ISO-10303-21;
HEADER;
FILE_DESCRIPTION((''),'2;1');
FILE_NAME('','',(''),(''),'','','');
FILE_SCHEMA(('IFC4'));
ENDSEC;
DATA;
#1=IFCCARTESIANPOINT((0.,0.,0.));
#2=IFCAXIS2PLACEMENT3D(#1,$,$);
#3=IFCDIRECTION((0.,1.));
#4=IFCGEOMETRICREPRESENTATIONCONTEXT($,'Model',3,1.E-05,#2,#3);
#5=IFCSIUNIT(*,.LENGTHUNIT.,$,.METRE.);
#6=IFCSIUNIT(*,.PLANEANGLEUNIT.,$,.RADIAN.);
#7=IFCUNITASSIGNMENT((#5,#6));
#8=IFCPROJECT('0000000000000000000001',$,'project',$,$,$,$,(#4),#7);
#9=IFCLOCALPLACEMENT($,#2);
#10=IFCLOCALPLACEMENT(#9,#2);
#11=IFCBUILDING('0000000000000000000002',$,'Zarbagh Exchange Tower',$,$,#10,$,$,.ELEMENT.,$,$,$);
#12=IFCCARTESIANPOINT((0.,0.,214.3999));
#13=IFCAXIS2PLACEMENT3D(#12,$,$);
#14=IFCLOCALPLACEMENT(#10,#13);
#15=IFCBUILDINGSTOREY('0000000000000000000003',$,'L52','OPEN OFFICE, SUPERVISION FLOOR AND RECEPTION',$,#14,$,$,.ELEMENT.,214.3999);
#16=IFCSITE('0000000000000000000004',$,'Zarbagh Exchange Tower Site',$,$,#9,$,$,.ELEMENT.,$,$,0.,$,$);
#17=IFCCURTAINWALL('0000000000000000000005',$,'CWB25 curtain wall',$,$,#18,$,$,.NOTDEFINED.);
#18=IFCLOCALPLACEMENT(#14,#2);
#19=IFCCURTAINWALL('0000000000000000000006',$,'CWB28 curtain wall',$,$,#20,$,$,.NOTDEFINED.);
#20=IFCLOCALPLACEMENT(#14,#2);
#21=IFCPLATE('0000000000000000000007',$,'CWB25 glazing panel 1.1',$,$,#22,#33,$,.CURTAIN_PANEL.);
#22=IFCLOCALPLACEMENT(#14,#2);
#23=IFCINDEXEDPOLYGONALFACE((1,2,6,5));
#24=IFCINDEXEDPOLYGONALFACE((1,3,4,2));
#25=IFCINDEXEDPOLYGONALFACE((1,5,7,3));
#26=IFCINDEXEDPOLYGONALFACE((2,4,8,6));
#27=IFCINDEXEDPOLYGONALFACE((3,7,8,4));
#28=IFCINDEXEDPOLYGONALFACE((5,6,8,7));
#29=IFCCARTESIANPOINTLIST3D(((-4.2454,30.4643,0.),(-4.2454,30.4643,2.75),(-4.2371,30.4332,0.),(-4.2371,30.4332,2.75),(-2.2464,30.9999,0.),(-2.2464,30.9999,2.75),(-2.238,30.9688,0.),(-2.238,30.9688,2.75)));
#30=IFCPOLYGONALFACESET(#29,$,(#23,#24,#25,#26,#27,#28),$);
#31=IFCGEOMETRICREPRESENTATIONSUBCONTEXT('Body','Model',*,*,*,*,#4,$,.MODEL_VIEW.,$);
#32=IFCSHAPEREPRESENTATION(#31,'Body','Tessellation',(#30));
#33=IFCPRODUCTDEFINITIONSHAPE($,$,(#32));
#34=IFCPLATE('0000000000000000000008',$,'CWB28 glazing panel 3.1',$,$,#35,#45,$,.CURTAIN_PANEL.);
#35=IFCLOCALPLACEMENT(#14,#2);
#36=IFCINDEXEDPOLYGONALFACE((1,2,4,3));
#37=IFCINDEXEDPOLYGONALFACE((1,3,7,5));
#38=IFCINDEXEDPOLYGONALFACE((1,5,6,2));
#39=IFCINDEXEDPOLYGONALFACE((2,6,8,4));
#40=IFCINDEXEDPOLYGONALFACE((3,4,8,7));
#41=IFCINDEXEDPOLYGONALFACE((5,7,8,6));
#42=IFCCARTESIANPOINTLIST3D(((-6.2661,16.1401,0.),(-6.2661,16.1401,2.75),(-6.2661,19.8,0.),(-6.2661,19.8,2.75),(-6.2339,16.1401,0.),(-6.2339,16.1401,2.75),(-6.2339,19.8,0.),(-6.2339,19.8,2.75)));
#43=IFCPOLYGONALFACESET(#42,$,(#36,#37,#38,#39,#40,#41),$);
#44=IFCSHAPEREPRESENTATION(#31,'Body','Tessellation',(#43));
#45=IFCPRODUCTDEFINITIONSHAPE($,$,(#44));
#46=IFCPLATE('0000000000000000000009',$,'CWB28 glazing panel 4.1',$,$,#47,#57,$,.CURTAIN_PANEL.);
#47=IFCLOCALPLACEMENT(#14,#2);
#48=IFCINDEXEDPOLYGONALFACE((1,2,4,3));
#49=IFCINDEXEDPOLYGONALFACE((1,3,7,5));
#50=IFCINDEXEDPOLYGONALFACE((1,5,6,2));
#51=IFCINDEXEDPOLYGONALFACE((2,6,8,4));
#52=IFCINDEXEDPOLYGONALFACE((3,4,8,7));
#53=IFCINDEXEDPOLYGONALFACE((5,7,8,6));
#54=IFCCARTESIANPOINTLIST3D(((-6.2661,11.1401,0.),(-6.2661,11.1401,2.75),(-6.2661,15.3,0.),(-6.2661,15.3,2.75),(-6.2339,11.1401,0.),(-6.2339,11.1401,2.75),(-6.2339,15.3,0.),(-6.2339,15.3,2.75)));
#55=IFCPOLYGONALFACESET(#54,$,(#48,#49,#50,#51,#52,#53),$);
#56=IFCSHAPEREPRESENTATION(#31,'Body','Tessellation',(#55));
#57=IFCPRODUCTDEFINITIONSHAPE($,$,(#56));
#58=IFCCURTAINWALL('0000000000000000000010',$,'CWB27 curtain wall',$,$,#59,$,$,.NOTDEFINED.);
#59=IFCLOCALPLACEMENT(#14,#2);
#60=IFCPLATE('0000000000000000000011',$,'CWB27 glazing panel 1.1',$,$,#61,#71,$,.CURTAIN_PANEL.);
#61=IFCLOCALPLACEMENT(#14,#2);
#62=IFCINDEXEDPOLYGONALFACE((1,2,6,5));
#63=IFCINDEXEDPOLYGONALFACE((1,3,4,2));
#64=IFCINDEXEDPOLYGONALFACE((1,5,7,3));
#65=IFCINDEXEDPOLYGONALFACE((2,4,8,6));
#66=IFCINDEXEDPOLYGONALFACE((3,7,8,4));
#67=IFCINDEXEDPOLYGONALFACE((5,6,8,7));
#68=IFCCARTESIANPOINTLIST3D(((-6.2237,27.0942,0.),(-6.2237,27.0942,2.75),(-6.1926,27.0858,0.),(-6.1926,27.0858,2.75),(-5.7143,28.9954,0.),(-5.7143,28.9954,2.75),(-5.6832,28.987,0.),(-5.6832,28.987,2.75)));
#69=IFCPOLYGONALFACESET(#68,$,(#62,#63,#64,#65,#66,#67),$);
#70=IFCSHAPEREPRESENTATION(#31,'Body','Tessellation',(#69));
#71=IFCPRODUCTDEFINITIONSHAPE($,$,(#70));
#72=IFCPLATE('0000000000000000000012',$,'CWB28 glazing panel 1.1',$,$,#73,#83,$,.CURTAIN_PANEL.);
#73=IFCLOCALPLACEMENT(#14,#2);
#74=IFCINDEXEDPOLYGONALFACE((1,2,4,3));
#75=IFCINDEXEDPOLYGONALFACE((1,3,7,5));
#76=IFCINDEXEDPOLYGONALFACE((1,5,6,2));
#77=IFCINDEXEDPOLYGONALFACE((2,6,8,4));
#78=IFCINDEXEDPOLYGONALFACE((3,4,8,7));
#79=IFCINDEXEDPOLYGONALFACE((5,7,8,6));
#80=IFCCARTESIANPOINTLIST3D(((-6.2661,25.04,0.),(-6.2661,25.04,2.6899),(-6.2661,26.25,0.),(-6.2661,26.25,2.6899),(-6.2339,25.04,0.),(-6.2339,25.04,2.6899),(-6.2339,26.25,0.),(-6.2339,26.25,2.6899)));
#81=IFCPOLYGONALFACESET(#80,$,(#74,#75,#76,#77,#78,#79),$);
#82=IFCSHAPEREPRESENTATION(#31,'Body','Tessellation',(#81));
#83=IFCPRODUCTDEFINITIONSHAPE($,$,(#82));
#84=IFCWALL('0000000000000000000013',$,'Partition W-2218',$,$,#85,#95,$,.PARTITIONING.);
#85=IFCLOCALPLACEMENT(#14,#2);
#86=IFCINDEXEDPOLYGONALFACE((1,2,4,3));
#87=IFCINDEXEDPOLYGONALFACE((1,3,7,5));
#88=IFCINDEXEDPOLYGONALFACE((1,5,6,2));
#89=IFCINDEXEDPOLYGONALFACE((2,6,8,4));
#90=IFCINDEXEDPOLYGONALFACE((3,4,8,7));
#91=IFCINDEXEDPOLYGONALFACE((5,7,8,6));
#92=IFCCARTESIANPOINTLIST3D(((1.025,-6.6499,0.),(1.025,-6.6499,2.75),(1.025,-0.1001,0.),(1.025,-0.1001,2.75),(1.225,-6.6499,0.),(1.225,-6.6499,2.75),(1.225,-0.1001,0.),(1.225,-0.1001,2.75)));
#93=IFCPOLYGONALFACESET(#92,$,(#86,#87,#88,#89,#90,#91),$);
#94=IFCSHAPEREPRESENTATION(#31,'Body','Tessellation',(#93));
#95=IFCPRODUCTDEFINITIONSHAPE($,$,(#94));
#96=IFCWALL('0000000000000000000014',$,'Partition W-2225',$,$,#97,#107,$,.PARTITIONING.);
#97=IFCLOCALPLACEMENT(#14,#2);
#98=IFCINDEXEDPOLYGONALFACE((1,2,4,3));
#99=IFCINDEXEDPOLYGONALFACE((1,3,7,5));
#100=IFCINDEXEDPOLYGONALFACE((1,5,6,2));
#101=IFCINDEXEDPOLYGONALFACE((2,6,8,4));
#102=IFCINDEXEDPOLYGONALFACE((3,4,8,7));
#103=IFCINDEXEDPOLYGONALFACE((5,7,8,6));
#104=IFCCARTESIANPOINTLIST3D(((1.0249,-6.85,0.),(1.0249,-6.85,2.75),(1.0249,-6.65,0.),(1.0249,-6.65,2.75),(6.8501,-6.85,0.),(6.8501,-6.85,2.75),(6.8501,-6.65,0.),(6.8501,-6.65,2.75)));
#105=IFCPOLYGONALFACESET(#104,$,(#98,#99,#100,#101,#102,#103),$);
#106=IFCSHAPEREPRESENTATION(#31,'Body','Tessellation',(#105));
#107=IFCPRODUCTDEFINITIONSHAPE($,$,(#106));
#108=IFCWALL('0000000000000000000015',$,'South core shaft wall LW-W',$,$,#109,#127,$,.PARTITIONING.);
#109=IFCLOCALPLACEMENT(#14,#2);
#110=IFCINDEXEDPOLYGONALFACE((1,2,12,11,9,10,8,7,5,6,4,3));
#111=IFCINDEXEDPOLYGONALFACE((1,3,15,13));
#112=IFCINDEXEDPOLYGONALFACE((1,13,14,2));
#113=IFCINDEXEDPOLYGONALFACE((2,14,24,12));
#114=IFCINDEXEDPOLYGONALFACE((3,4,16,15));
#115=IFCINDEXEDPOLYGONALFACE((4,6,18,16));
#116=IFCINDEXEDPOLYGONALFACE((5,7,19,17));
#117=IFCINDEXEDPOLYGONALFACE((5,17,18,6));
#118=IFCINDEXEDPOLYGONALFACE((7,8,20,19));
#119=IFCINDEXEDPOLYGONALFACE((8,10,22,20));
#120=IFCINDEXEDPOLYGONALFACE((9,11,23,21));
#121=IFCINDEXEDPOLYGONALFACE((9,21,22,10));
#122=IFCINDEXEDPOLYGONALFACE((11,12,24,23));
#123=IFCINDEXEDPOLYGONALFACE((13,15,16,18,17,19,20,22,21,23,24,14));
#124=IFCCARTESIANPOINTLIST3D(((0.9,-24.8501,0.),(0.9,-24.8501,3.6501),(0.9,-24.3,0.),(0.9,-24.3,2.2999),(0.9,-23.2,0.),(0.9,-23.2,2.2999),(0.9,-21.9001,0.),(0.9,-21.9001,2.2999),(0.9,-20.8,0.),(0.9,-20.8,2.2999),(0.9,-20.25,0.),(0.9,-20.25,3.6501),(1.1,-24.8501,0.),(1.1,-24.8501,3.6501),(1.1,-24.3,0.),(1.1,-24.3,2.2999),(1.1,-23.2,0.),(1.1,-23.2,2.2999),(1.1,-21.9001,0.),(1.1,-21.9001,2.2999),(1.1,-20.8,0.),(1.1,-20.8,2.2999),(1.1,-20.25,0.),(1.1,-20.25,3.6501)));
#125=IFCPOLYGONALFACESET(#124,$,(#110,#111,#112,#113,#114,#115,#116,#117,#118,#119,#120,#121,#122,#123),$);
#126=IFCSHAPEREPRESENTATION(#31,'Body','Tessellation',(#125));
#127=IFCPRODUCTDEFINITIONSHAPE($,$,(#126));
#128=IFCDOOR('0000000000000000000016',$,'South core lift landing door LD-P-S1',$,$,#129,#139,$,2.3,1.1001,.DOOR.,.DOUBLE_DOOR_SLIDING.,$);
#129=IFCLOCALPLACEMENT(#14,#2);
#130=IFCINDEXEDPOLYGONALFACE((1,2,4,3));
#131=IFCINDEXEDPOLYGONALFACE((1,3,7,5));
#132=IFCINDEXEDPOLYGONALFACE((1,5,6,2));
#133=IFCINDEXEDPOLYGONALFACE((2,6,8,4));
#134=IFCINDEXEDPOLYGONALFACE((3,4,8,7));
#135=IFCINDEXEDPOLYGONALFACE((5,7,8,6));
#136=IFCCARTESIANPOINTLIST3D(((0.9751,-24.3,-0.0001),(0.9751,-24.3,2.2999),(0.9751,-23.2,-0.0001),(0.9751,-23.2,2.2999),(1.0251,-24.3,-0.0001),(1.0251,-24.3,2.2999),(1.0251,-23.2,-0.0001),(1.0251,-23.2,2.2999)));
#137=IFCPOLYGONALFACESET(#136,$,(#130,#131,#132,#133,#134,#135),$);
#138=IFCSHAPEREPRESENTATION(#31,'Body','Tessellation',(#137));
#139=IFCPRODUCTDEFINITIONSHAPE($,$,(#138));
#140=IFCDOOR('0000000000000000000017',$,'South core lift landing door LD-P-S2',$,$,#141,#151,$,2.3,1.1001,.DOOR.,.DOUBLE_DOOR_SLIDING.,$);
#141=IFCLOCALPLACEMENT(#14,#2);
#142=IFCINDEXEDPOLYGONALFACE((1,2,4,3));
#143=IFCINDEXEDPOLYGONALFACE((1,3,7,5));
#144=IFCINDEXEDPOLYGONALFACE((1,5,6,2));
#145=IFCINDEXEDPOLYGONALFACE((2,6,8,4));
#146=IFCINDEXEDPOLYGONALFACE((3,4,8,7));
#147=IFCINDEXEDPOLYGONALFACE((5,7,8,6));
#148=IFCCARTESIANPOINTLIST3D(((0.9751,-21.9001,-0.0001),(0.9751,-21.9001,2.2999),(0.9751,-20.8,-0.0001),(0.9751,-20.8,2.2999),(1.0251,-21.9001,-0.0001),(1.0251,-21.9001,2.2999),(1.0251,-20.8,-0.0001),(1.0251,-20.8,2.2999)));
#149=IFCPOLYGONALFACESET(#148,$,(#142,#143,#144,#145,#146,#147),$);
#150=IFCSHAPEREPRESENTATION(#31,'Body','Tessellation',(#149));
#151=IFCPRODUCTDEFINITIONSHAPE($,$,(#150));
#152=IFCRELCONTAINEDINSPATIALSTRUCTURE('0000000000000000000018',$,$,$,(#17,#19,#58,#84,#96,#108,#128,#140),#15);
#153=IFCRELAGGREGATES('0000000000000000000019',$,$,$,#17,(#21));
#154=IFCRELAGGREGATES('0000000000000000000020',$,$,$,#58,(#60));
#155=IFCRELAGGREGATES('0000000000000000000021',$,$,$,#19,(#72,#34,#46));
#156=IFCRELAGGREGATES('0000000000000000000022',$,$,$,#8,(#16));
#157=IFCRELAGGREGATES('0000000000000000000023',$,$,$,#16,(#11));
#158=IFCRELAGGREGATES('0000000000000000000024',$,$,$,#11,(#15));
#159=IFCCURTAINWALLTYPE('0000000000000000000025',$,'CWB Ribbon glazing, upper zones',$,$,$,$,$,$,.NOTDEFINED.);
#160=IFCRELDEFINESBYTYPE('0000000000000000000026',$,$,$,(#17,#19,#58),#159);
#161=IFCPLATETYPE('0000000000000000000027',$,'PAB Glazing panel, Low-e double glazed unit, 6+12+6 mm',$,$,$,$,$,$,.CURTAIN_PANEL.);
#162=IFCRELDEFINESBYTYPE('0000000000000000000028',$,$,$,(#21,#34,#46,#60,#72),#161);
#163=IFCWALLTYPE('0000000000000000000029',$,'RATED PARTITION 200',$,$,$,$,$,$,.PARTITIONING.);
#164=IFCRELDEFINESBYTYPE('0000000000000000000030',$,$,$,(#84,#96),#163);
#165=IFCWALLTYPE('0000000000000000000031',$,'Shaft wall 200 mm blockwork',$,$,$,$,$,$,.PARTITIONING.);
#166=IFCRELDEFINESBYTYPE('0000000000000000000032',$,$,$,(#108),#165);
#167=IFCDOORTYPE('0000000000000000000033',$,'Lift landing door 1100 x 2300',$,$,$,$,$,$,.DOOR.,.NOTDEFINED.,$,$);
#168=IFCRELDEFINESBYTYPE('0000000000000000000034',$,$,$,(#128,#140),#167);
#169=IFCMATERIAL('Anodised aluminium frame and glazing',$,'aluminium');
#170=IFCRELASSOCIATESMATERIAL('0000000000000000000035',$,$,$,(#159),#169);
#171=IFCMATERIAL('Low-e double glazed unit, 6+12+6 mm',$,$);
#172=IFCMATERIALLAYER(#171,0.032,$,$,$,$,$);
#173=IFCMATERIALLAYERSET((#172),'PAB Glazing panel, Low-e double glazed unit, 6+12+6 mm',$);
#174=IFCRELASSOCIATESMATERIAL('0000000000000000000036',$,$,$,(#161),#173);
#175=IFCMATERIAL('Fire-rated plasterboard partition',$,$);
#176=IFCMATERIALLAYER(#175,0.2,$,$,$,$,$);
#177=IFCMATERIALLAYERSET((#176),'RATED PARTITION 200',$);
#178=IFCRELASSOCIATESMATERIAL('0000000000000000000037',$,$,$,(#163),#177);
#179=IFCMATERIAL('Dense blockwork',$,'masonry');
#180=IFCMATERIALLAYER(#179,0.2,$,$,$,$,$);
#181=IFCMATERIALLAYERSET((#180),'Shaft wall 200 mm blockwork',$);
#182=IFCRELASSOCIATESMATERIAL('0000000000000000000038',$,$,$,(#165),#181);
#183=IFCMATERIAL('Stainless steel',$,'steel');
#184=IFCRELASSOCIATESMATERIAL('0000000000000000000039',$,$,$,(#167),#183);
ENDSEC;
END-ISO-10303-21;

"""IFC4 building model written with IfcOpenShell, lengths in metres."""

from ifc_helpers import new_model, si_unit, direction, frame, frame_2d, origin, place, context, subcontext, project, spatial, polyline, rectangle, outline, extrude, source, transform, mapped, material, layer, layer_set, type_object, element, fill, aggregate, save


model = new_model("IFC4")

# Units and contexts
model_context = context("Model", 3, precision=1e-05, world=origin(), true_north=direction((0.0, 1.0)))
body_context = subcontext(model_context, "Body", "Model", "MODEL_VIEW")
ifc_project = project(units=[si_unit("LENGTHUNIT", "METRE"), si_unit("PLANEANGLEUNIT", "RADIAN")], contexts=[model_context])

# Site, building, storey
site_placement = place(None, origin())
site = spatial("IfcSite", under=ifc_project, at=site_placement, Name="Zarbagh Exchange Tower Site", CompositionType="ELEMENT", RefElevation=0.0)
building_placement = place(site_placement, origin())
building = spatial("IfcBuilding", under=site, at=building_placement, Name="Zarbagh Exchange Tower", CompositionType="ELEMENT")
storey_placement = place(building_placement, frame((0.0, 0.0, 214.3999)))
storey = spatial("IfcBuildingStorey", under=building, at=storey_placement, Name="L52", Description="OPEN OFFICE, SUPERVISION FLOOR AND RECEPTION", CompositionType="ELEMENT", Elevation=214.3999)

# Curtain wall
ifc_material_1 = material(Name="Anodised aluminium frame and glazing", Category="aluminium")
curtain_wall_type = type_object("IfcCurtainWallType", Name="CWB Ribbon glazing, upper zones", PredefinedType="NOTDEFINED", material=ifc_material_1)
placement = place(storey_placement, origin())
curtain_wall_1_placement = place(storey_placement, origin())
curtain_wall_1 = element("IfcCurtainWall", 1, at=curtain_wall_1_placement, inside=storey, type_object=curtain_wall_type, Name="CWB25 curtain wall", PredefinedType="NOTDEFINED")

# Curtain wall
curtain_wall_2_placement = place(storey_placement, origin())
curtain_wall_2 = element("IfcCurtainWall", 2, at=curtain_wall_2_placement, inside=storey, type_object=curtain_wall_type, Name="CWB28 curtain wall", PredefinedType="NOTDEFINED")

# Shared definitions
ifc_material_2 = material(Name="Low-e double glazed unit, 6+12+6 mm")
ifc_layer_1 = layer(ifc_material_2, 0.032)
ifc_layer_set_1 = layer_set([ifc_layer_1], Name="PAB Glazing panel, Low-e double glazed unit, 6+12+6 mm")
plate_type = type_object("IfcPlateType", Name="PAB Glazing panel, Low-e double glazed unit, 6+12+6 mm", PredefinedType="CURTAIN_PANEL", material=ifc_layer_set_1)

# Plates
shared_shape_1 = source(origin(), body_context, "Body", "SweptSolid", [
    extrude(outline(polyline([(0.0, -0.0161), (2.0696, -0.0161), (2.0696, 0.0161), (0.0, 0.0161), (0.0, -0.0161)])), origin(), (0.0, 0.0, 1.0), 2.75),
])
plate_1 = element("IfcPlate", 3, at=placement, type_object=plate_type, Name="CWB25 glazing panel 1.1", PredefinedType="CURTAIN_PANEL", context=body_context, shape_type="MappedRepresentation", body=[
    mapped(shared_shape_1, transform((-2.2422, 30.9844, 0.0), x_axis=(-0.965924, -0.258825, 0.0), y_axis=(0.258825, -0.965924, 0.0), z_axis=(0.0, 0.0, 1.0))),
])
aggregate(curtain_wall_1, [plate_1])
shared_shape_2 = source(origin(), body_context, "Body", "SweptSolid", [
    extrude(outline(polyline([(0.0, -0.0161), (3.6599, -0.0161), (3.6599, 0.0161), (0.0, 0.0161), (0.0, -0.0161)])), origin(), (0.0, 0.0, 1.0), 2.75),
])
plate_2 = element("IfcPlate", 4, at=placement, type_object=plate_type, Name="CWB28 glazing panel 3.1", PredefinedType="CURTAIN_PANEL", context=body_context, shape_type="MappedRepresentation", body=[
    mapped(shared_shape_2, transform((-6.25, 19.8, 0.0), x_axis=(0.0, -1.0, 0.0), y_axis=(1.0, 0.0, 0.0), z_axis=(0.0, 0.0, 1.0))),
])
shared_shape_3 = source(origin(), body_context, "Body", "SweptSolid", [
    extrude(outline(polyline([(0.0, -0.0161), (4.1599, -0.0161), (4.1599, 0.0161), (0.0, 0.0161), (0.0, -0.0161)])), origin(), (0.0, 0.0, 1.0), 2.75),
])
plate_3 = element("IfcPlate", 5, at=placement, type_object=plate_type, Name="CWB28 glazing panel 4.1", PredefinedType="CURTAIN_PANEL", context=body_context, shape_type="MappedRepresentation", body=[
    mapped(shared_shape_3, transform((-6.25, 15.3, 0.0), x_axis=(0.0, -1.0, 0.0), y_axis=(1.0, 0.0, 0.0), z_axis=(0.0, 0.0, 1.0))),
])

# Curtain wall, plate
curtain_wall_3_placement = place(storey_placement, origin())
curtain_wall_3 = element("IfcCurtainWall", 6, at=curtain_wall_3_placement, inside=storey, type_object=curtain_wall_type, Name="CWB27 curtain wall", PredefinedType="NOTDEFINED")
shared_shape_4 = source(origin(), body_context, "Body", "SweptSolid", [
    extrude(outline(polyline([(0.0, -0.0161), (1.9683, -0.0161), (1.9683, 0.0161), (0.0, 0.0161), (0.0, -0.0161)])), origin(), (0.0, 0.0, 1.0), 2.75),
])
plate_4 = element("IfcPlate", 7, at=placement, type_object=plate_type, Name="CWB27 glazing panel 1.1", PredefinedType="CURTAIN_PANEL", context=body_context, shape_type="MappedRepresentation", body=[
    mapped(shared_shape_4, transform((-5.6987, 28.9912, 0.0), x_axis=(-0.258825, -0.965924, 0.0), y_axis=(0.965924, -0.258825, 0.0), z_axis=(0.0, 0.0, 1.0))),
])
aggregate(curtain_wall_3, [plate_4])

# Plate
shared_shape_5 = source(origin(), body_context, "Body", "SweptSolid", [
    extrude(outline(polyline([(0.0, -0.0161), (1.21, -0.0161), (1.21, 0.0161), (0.0, 0.0161), (0.0, -0.0161)])), origin(), (0.0, 0.0, 1.0), 2.6899),
])
plate_5 = element("IfcPlate", 8, at=placement, type_object=plate_type, Name="CWB28 glazing panel 1.1", PredefinedType="CURTAIN_PANEL", context=body_context, shape_type="MappedRepresentation", body=[
    mapped(shared_shape_5, transform((-6.25, 26.25, 0.0), x_axis=(0.0, -1.0, 0.0), y_axis=(1.0, 0.0, 0.0), z_axis=(0.0, 0.0, 1.0))),
])
aggregate(curtain_wall_2, [plate_5, plate_2, plate_3])

# Walls
ifc_material_3 = material(Name="Fire-rated plasterboard partition")
ifc_layer_2 = layer(ifc_material_3, 0.2)
ifc_layer_set_2 = layer_set([ifc_layer_2], Name="RATED PARTITION 200")
wall_type_1 = type_object("IfcWallType", Name="RATED PARTITION 200", PredefinedType="PARTITIONING", material=ifc_layer_set_2)
wall_1_placement = place(storey_placement, frame((1.125, -6.6499, 0.0), z_axis=(0.0, 0.0, 1.0), x_axis=(0.0, 1.0, 0.0)))
element("IfcWall", 9, at=wall_1_placement, inside=storey, type_object=wall_type_1, Name="Partition W-2218", PredefinedType="PARTITIONING", context=body_context, shape_type="SweptSolid", body=[
    extrude(rectangle(XDim=6.5498, YDim=0.2, at=frame_2d((3.2749, 0.0))), origin(), (0.0, 0.0, 1.0), 2.75),
])
wall_2_placement = place(storey_placement, frame((1.0249, -6.75, 0.0), z_axis=(0.0, 0.0, 1.0), x_axis=(1.0, 0.0, 0.0)))
element("IfcWall", 10, at=wall_2_placement, inside=storey, type_object=wall_type_1, Name="Partition W-2225", PredefinedType="PARTITIONING", context=body_context, shape_type="SweptSolid", body=[
    extrude(rectangle(XDim=5.8252, YDim=0.2, at=frame_2d((2.9126, 0.0))), origin(), (0.0, 0.0, 1.0), 2.75),
])

# Wall, openings, doors
ifc_material_4 = material(Name="Dense blockwork", Category="masonry")
ifc_layer_3 = layer(ifc_material_4, 0.2)
ifc_layer_set_3 = layer_set([ifc_layer_3], Name="Shaft wall 200 mm blockwork")
wall_type_2 = type_object("IfcWallType", Name="Shaft wall 200 mm blockwork", PredefinedType="PARTITIONING", material=ifc_layer_set_3)
wall_3_placement = place(storey_placement, frame((1.0, -24.8501, 0.0), z_axis=(0.0, 0.0, 1.0), x_axis=(0.0, 1.0, 0.0)))
wall_3 = element("IfcWall", 11, at=wall_3_placement, inside=storey, type_object=wall_type_2, Name="South core shaft wall LW-W", PredefinedType="PARTITIONING", context=body_context, shape_type="SweptSolid", body=[
    extrude(rectangle(XDim=4.6001, YDim=0.2, at=frame_2d((2.3, 0.0))), origin(), (0.0, 0.0, 1.0), 3.6501),
])
opening_1_placement = place(wall_3_placement, frame((0.55, 0.0, 0.0)))
opening_1 = element("IfcOpeningElement", 12, at=opening_1_placement, cuts=wall_3, PredefinedType="OPENING", context=body_context, shape_type="SweptSolid", body=[
    extrude(rectangle(XDim=1.1001, YDim=2.3, at=frame_2d((0.55, 1.1499))), frame((0.0, 0.1099, 0.0), z_axis=(0.0, -1.0, 0.0), x_axis=(1.0, 0.0, 0.0)), (0.0, 0.0, 1.0), 0.22),
])
opening_2_placement = place(wall_3_placement, frame((2.95, 0.0, 0.0)))
opening_2 = element("IfcOpeningElement", 13, at=opening_2_placement, cuts=wall_3, PredefinedType="OPENING", context=body_context, shape_type="SweptSolid", body=[
    extrude(rectangle(XDim=1.1001, YDim=2.3, at=frame_2d((0.55, 1.1499))), frame((0.0, 0.1099, 0.0), z_axis=(0.0, -1.0, 0.0), x_axis=(1.0, 0.0, 0.0)), (0.0, 0.0, 1.0), 0.22),
])
ifc_material_5 = material(Name="Stainless steel", Category="steel")
door_type = type_object("IfcDoorType", Name="Lift landing door 1100 x 2300", OperationType="NOTDEFINED", PredefinedType="DOOR", material=ifc_material_5)
door_1_placement = place(opening_1_placement, origin())
door_1 = element("IfcDoor", 14, at=door_1_placement, inside=storey, type_object=door_type, Name="South core lift landing door LD-P-S1", OperationType="DOUBLE_DOOR_SLIDING", OverallHeight=2.3, OverallWidth=1.1001, PredefinedType="DOOR", context=body_context, shape_type="SweptSolid", body=[
    extrude(rectangle(XDim=1.1001, YDim=2.3, at=frame_2d((0.55, 1.1499))), frame((0.0, 0.0249, 0.0), z_axis=(0.0, -1.0, 0.0), x_axis=(1.0, 0.0, 0.0)), (0.0, 0.0, 1.0), 0.05),
])
fill(opening_1, door_1)
door_2_placement = place(opening_2_placement, origin())
door_2 = element("IfcDoor", 15, at=door_2_placement, inside=storey, type_object=door_type, Name="South core lift landing door LD-P-S2", OperationType="DOUBLE_DOOR_SLIDING", OverallHeight=2.3, OverallWidth=1.1001, PredefinedType="DOOR", context=body_context, shape_type="SweptSolid", body=[
    extrude(rectangle(XDim=1.1001, YDim=2.3, at=frame_2d((0.55, 1.1499))), frame((0.0, 0.0249, 0.0), z_axis=(0.0, -1.0, 0.0), x_axis=(1.0, 0.0, 0.0)), (0.0, 0.0, 1.0), 0.05),
])
fill(opening_2, door_2)

save(model, "model.ifc")
